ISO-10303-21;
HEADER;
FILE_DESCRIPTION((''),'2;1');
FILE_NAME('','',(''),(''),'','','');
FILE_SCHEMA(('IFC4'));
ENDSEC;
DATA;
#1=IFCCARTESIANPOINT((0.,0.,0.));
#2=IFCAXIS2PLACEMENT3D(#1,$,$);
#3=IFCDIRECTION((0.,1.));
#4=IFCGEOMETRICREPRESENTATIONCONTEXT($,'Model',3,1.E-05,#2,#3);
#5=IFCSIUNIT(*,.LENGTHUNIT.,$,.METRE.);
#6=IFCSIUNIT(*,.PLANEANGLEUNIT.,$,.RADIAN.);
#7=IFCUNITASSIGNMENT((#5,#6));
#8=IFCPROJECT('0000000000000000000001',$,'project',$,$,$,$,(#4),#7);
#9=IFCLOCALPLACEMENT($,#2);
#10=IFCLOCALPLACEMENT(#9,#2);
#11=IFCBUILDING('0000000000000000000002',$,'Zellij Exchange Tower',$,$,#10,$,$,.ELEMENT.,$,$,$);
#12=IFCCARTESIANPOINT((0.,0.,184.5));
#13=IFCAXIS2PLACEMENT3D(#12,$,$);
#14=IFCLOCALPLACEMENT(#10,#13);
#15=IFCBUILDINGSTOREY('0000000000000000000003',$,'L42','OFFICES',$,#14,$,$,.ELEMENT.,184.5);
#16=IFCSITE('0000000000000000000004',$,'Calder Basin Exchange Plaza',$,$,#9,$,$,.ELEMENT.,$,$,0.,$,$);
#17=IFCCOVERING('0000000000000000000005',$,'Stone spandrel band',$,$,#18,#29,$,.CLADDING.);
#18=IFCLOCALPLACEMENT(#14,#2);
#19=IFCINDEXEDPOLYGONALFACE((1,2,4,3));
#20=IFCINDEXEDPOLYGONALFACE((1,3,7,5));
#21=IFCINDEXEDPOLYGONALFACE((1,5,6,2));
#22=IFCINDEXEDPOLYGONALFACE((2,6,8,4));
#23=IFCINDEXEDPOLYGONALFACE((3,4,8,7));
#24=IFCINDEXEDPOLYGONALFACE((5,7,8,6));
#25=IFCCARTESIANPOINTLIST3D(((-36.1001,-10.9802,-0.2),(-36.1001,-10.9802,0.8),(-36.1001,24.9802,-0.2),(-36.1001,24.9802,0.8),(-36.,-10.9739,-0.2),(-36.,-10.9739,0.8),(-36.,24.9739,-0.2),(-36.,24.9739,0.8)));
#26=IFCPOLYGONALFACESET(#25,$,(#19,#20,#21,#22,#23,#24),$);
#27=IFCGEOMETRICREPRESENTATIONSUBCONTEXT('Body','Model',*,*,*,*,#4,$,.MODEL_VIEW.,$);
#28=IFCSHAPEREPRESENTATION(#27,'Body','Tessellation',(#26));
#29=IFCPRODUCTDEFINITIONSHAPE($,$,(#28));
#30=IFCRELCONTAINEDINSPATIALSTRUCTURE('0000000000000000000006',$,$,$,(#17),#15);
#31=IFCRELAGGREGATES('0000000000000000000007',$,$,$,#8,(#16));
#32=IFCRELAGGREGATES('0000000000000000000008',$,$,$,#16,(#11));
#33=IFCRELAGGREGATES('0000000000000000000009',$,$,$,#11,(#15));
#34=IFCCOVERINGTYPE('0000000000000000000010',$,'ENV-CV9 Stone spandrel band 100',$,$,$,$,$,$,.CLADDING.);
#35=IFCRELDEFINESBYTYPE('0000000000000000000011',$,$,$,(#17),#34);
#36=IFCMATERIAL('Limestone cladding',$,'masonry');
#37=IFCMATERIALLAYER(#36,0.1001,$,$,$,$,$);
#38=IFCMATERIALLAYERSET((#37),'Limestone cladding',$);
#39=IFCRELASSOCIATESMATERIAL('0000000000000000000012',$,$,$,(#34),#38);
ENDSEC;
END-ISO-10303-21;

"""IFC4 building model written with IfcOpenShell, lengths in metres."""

from ifc_helpers import new_model, si_unit, direction, frame, origin, place, context, subcontext, project, spatial, polyline, outline, extrude, material, layer, layer_set, type_object, element, save


model = new_model("IFC4")

# Units and contexts
model_context = context("Model", 3, precision=1e-05, world=origin(), true_north=direction((0.0, 1.0)))
body_context = subcontext(model_context, "Body", "Model", "MODEL_VIEW")
ifc_project = project(units=[si_unit("LENGTHUNIT", "METRE"), si_unit("PLANEANGLEUNIT", "RADIAN")], contexts=[model_context])

# Site, building, storey
site_placement = place(None, origin())
site = spatial("IfcSite", under=ifc_project, at=site_placement, Name="Calder Basin Exchange Plaza", CompositionType="ELEMENT", RefElevation=0.0)
building_placement = place(site_placement, origin())
building = spatial("IfcBuilding", under=site, at=building_placement, Name="Zellij Exchange Tower", CompositionType="ELEMENT")
storey_placement = place(building_placement, frame((0.0, 0.0, 184.5)))
storey = spatial("IfcBuildingStorey", under=building, at=storey_placement, Name="L42", Description="OFFICES", CompositionType="ELEMENT", Elevation=184.5)

# Covering
ifc_material_1 = material(Name="Limestone cladding", Category="masonry")
ifc_layer_1 = layer(ifc_material_1, 0.1001)
ifc_layer_set_1 = layer_set([ifc_layer_1], Name="Limestone cladding")
covering_type = type_object("IfcCoveringType", Name="ENV-CV9 Stone spandrel band 100", PredefinedType="CLADDING", material=ifc_layer_set_1)
covering_1_placement = place(storey_placement, frame((0.0, 0.0, -0.2)))
element("IfcCovering", 1, at=covering_1_placement, inside=storey, type_object=covering_type, Name="Stone spandrel band", PredefinedType="CLADDING", context=body_context, shape_type="SweptSolid", body=[
    extrude(outline(polyline([(-36.0, 24.9739), (-36.0, -10.9739), (-36.1001, -10.9802), (-36.1001, 24.9802), (-36.0, 24.9739)])), origin(), (0.0, 0.0, 1.0), 1.0),
])

save(model, "model.ifc")
